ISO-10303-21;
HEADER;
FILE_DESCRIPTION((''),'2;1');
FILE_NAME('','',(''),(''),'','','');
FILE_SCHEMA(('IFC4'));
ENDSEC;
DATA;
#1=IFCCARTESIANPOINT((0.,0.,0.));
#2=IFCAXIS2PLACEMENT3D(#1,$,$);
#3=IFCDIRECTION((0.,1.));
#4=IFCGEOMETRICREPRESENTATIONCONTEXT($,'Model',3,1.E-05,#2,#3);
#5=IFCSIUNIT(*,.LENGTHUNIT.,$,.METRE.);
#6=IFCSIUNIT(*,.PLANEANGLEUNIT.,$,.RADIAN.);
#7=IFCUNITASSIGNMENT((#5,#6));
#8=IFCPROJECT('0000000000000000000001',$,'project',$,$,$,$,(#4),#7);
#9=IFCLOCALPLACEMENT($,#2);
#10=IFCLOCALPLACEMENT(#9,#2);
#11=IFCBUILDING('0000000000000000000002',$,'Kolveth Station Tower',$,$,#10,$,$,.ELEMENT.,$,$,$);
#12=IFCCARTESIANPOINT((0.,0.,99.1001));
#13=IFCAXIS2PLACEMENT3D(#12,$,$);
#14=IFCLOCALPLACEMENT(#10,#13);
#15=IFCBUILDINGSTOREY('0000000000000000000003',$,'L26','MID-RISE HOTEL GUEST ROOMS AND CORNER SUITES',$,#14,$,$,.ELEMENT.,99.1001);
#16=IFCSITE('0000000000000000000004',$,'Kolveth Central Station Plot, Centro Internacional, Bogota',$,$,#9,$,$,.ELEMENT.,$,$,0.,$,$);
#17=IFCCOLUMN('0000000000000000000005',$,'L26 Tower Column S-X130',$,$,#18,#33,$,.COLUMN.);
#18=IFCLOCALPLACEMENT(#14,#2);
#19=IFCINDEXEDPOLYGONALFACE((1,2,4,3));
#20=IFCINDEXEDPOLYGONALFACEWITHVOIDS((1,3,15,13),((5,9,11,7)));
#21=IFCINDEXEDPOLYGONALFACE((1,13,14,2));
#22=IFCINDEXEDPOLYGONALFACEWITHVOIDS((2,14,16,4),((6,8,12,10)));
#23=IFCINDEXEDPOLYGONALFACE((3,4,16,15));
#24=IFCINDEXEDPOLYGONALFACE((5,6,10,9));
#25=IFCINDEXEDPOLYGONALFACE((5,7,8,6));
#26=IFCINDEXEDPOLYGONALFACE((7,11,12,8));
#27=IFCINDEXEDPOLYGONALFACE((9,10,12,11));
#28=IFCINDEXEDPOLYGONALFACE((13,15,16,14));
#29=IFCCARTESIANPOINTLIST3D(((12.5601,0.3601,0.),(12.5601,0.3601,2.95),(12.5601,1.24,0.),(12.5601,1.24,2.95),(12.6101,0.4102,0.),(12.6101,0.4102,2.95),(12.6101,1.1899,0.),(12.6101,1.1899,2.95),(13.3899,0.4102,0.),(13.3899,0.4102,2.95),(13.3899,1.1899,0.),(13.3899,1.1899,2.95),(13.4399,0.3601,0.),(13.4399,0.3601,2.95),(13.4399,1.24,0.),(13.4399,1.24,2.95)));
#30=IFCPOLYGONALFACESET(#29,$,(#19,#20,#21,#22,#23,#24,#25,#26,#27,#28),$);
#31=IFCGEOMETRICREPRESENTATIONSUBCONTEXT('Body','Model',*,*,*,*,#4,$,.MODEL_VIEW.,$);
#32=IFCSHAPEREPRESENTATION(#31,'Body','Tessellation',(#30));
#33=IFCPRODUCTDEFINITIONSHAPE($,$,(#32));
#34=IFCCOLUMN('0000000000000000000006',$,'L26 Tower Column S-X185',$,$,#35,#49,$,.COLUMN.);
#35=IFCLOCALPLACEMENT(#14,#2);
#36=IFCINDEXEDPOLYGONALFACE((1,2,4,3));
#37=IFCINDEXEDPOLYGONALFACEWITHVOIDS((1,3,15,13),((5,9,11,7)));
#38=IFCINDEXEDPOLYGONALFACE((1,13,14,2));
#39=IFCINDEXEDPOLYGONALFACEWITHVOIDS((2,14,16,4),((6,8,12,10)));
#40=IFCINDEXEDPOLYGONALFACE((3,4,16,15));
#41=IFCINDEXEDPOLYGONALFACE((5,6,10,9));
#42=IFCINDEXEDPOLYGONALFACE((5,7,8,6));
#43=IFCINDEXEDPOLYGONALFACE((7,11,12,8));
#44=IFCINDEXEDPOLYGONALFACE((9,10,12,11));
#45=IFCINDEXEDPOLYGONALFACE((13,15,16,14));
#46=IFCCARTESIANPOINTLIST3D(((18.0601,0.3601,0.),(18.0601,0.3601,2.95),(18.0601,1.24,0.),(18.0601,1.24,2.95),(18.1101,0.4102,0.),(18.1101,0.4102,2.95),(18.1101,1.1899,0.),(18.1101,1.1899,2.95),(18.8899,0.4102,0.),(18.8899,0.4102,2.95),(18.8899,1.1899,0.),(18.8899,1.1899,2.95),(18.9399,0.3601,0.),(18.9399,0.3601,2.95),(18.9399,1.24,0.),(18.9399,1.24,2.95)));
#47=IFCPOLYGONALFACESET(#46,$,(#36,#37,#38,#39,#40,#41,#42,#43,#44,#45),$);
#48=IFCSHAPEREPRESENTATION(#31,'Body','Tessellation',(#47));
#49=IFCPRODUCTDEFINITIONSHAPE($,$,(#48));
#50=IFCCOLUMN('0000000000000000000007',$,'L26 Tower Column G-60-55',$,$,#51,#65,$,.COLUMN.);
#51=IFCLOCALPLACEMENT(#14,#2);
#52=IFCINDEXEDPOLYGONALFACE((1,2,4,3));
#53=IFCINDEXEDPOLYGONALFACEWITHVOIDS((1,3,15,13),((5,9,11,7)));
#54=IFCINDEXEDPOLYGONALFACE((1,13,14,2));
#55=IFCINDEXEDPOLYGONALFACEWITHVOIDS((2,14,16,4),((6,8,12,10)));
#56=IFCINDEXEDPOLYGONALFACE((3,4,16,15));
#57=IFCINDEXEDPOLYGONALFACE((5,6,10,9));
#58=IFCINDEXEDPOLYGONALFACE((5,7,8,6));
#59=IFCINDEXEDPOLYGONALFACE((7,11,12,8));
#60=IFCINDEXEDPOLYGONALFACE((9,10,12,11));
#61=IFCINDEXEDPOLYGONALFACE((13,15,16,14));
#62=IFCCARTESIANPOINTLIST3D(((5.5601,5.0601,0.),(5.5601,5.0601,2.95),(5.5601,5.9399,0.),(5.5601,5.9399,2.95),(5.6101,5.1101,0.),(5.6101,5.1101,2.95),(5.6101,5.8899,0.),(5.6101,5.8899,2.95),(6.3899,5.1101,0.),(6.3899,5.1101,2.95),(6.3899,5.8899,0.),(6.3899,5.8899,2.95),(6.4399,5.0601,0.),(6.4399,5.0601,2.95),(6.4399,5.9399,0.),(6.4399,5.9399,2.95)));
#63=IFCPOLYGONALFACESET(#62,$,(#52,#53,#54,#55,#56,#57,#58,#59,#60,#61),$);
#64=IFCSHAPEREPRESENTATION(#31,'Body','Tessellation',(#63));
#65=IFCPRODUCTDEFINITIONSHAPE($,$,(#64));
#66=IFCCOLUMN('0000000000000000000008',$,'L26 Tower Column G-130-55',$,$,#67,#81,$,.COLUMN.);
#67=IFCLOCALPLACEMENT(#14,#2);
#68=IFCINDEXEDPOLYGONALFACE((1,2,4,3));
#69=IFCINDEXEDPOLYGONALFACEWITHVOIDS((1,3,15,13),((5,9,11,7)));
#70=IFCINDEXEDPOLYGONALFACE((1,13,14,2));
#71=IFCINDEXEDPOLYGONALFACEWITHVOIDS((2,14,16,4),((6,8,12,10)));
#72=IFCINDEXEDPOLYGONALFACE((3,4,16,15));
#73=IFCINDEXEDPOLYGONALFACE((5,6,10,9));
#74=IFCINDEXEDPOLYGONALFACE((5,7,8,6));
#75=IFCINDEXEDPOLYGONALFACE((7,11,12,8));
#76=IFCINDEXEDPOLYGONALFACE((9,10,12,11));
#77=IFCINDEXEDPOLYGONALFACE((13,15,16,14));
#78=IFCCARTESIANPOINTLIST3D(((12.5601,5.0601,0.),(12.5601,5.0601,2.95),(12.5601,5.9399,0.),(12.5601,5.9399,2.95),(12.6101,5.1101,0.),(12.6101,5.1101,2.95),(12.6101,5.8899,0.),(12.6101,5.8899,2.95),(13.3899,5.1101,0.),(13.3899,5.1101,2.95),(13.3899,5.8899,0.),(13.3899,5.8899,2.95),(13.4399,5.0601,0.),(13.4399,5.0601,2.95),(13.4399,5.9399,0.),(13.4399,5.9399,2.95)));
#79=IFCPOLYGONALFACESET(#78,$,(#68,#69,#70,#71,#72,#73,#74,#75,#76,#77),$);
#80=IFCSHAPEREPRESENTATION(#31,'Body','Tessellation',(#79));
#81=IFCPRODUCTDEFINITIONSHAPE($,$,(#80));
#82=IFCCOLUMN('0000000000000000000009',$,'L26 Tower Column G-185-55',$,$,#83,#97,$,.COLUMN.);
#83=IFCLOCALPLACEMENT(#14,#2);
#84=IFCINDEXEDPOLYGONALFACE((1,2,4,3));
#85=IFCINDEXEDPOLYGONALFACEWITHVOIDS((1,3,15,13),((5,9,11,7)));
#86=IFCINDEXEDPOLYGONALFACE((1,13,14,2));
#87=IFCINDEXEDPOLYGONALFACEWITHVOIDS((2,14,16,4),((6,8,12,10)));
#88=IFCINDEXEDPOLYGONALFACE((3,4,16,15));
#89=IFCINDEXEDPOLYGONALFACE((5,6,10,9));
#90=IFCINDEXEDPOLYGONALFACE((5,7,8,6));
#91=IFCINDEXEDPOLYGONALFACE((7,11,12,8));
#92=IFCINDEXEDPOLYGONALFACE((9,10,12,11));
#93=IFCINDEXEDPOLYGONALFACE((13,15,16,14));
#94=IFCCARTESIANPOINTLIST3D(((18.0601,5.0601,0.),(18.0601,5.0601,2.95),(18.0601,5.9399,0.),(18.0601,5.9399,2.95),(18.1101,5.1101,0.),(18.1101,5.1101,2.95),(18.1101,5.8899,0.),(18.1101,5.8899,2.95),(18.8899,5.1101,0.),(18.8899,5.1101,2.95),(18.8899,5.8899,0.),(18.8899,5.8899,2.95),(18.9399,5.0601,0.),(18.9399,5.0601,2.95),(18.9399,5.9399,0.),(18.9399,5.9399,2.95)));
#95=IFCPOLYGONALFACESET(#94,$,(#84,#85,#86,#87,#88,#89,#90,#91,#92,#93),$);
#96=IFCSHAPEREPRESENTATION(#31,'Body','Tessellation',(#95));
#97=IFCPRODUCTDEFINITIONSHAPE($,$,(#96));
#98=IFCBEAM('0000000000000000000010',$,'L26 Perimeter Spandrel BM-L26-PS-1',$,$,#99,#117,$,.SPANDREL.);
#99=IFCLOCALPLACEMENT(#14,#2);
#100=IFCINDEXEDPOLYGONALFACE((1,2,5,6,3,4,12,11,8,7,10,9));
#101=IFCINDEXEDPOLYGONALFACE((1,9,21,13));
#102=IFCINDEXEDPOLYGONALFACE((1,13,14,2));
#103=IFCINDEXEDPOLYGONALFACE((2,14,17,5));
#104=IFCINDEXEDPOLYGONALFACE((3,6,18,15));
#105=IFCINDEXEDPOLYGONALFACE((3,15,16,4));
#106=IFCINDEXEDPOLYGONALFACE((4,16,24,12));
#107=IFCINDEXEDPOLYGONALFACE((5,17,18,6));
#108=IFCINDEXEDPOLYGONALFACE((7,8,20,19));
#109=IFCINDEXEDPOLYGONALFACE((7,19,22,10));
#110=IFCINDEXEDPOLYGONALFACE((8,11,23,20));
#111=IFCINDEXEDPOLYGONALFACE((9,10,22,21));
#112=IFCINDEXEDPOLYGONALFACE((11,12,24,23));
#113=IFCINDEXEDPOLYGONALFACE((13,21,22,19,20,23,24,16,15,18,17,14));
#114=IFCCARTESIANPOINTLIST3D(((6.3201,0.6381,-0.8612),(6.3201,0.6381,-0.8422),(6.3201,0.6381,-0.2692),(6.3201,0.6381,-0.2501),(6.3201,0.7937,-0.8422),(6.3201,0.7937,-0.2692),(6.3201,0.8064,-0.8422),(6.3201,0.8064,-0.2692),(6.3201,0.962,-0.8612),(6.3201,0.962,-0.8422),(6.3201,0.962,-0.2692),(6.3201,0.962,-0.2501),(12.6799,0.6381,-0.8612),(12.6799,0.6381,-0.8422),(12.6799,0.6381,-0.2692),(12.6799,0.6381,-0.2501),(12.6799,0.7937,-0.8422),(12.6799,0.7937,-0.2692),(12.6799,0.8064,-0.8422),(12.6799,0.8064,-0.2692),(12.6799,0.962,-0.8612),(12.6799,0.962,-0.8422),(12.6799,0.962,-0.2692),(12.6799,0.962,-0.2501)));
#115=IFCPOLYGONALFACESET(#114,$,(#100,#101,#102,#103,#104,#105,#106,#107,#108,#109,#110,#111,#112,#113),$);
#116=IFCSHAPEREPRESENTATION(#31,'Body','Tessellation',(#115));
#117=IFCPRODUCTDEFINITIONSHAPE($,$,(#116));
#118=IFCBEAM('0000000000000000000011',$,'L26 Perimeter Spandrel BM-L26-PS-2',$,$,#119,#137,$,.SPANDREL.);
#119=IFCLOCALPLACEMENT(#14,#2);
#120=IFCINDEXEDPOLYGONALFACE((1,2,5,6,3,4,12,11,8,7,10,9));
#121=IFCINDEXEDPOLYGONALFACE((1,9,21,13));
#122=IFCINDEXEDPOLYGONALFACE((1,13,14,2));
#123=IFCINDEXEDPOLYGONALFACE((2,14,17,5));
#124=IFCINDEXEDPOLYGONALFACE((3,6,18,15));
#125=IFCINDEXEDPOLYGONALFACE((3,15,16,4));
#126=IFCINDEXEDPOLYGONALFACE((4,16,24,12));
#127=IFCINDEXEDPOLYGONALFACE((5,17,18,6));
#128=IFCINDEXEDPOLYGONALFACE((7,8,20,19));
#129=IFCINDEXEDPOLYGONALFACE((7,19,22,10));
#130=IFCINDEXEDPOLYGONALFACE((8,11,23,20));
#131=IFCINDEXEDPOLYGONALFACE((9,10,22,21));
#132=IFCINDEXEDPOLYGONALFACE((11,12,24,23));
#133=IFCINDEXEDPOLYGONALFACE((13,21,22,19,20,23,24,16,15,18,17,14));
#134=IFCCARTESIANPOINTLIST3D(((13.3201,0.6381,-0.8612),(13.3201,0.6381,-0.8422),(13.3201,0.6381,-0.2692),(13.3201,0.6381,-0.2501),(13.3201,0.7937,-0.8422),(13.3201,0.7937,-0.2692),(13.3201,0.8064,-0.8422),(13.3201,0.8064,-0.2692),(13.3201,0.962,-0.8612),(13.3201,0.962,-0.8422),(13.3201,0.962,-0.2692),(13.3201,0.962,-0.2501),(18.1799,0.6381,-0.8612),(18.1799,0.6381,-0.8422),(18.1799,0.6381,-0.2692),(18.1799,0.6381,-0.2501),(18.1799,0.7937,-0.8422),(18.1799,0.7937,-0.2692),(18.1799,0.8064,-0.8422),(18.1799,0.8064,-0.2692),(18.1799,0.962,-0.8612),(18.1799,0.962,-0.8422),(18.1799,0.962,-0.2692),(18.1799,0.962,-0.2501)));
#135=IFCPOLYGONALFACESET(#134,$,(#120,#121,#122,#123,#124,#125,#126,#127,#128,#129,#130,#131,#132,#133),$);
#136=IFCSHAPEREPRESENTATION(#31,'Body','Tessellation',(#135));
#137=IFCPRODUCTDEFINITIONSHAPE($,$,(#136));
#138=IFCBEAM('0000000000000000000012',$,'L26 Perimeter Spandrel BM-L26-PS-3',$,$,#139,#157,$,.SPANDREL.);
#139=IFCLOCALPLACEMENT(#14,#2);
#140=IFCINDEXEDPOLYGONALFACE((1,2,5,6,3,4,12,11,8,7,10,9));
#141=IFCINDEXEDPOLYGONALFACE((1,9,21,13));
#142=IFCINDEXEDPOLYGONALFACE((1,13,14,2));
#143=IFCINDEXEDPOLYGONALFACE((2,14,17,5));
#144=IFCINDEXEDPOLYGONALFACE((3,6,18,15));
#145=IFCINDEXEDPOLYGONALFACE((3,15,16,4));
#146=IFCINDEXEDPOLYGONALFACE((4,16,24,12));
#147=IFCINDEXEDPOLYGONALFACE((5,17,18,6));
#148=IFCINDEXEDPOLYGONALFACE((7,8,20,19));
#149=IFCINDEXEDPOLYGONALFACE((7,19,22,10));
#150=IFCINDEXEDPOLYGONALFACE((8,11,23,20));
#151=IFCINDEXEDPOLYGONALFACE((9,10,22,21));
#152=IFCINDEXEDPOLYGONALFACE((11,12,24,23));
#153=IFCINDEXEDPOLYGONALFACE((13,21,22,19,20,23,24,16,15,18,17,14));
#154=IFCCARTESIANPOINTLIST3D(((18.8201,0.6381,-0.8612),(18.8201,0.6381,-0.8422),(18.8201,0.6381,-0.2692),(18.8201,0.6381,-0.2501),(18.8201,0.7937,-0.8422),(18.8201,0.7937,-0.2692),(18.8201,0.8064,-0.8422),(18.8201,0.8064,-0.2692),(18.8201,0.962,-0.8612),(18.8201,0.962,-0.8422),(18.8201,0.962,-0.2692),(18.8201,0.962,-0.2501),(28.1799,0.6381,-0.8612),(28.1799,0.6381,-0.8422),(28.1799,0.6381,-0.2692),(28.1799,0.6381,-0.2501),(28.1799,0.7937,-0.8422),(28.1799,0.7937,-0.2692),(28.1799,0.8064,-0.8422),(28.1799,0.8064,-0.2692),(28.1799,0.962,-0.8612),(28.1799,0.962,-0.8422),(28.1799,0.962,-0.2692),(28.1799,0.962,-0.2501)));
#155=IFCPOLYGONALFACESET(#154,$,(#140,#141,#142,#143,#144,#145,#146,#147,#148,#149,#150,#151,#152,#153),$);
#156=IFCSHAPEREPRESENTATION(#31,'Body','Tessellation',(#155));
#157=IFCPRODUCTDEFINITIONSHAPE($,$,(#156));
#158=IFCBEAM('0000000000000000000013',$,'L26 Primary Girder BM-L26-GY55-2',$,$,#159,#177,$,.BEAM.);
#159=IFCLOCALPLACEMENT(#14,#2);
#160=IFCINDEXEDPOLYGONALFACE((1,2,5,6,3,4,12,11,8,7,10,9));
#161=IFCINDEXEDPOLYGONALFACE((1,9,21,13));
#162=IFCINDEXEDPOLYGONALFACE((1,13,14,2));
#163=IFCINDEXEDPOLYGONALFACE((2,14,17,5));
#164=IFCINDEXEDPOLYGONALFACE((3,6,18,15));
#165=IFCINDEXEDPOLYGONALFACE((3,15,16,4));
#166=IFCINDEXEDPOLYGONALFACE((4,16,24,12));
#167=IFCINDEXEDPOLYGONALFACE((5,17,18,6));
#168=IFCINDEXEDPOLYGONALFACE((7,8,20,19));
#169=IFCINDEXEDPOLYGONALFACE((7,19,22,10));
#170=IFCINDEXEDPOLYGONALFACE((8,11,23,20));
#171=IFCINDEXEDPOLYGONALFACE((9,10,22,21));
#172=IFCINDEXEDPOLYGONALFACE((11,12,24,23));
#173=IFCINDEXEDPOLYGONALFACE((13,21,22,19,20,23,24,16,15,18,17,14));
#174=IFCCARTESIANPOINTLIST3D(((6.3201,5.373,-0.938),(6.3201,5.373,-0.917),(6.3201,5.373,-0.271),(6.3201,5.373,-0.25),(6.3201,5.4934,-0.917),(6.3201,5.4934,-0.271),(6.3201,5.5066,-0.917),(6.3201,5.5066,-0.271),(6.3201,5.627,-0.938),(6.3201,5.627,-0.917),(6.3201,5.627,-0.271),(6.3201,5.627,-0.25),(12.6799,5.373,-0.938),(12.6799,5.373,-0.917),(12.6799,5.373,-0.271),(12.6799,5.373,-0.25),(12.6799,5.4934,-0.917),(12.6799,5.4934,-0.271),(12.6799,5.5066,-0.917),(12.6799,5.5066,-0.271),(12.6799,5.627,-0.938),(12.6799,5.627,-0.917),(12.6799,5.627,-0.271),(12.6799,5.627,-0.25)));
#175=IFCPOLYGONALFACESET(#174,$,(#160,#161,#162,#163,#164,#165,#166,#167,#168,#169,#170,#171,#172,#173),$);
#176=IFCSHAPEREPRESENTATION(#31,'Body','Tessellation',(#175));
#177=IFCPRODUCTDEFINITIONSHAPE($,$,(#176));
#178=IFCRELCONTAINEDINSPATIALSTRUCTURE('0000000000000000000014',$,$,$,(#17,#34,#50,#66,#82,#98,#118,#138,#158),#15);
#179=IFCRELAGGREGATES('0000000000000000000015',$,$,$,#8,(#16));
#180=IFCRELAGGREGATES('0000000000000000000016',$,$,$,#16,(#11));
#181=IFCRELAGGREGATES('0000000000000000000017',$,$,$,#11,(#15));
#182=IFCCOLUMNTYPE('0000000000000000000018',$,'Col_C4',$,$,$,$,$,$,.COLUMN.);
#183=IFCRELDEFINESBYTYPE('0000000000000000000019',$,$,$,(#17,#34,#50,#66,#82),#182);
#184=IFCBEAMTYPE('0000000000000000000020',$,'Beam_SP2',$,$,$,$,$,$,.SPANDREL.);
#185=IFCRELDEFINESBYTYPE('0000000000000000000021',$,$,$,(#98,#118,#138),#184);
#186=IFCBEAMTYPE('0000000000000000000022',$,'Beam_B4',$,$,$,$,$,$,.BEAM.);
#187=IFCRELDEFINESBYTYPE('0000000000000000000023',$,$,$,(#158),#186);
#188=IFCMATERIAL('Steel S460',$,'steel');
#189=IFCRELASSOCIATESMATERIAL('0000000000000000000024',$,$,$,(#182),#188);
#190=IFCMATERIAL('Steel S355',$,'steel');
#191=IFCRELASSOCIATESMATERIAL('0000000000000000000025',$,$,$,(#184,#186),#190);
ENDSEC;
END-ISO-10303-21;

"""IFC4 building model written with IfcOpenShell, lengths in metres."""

from ifc_helpers import new_model, si_unit, direction, frame, origin, origin_2d, place, context, subcontext, project, spatial, hollow_rectangle, i_section, extrude, source, transform, mapped, material, material_profile, profile_set, type_object, element, save


model = new_model("IFC4")

# Units and contexts
model_context = context("Model", 3, precision=1e-05, world=origin(), true_north=direction((0.0, 1.0)))
body_context = subcontext(model_context, "Body", "Model", "MODEL_VIEW")
ifc_project = project(units=[si_unit("LENGTHUNIT", "METRE"), si_unit("PLANEANGLEUNIT", "RADIAN")], contexts=[model_context])

# Site, building, storey
site_placement = place(None, origin())
site = spatial("IfcSite", under=ifc_project, at=site_placement, Name="Kolveth Central Station Plot, Centro Internacional, Bogota", CompositionType="ELEMENT", RefElevation=0.0)
building_placement = place(site_placement, origin())
building = spatial("IfcBuilding", under=site, at=building_placement, Name="Kolveth Station Tower", CompositionType="ELEMENT")
storey_placement = place(building_placement, frame((0.0, 0.0, 99.1001)))
storey = spatial("IfcBuildingStorey", under=building, at=storey_placement, Name="L26", Description="MID-RISE HOTEL GUEST ROOMS AND CORNER SUITES", CompositionType="ELEMENT", Elevation=99.1001)

# Columns
ifc_material_1 = material(Name="Steel S460", Category="steel")
ifc_material_profile_1 = material_profile(ifc_material_1, hollow_rectangle(XDim=0.8799, YDim=0.8799, WallThickness=0.05, at=origin_2d()), Name="BOX880x880x50")
ifc_profile_set_1 = profile_set([ifc_material_profile_1], Name="Steel S460")
column_type = type_object("IfcColumnType", Name="Col_C4", PredefinedType="COLUMN", material=ifc_profile_set_1)
shared_shape_1 = source(origin(), body_context, "Body", "SweptSolid", [
    extrude(hollow_rectangle(XDim=0.8799, YDim=0.8799, WallThickness=0.05, at=origin_2d()), origin(), (0.0, 0.0, 1.0), 2.95),
])
for number, where, z_axis, x_axis, name in (
    (1, (13.0, 0.8, 0.0), (0.0, 0.0, 1.0), (1.0, 0.0, 0.0), "L26 Tower Column S-X130"),
    (2, (18.5, 0.8, 0.0), (0.0, 0.0, 1.0), (1.0, 0.0, 0.0), "L26 Tower Column S-X185"),
    (3, (6.0, 5.5, 0.0), (0.0, 0.0, 1.0), (1.0, 0.0, 0.0), "L26 Tower Column G-60-55"),
    (4, (13.0, 5.5, 0.0), (0.0, 0.0, 1.0), (1.0, 0.0, 0.0), "L26 Tower Column G-130-55"),
    (5, (18.5, 5.5, 0.0), (0.0, 0.0, 1.0), (1.0, 0.0, 0.0), "L26 Tower Column G-185-55"),
):
    element("IfcColumn", number, at=place(storey_placement, frame(where, z_axis=z_axis, x_axis=x_axis)), inside=storey, type_object=column_type, Name=name, PredefinedType="COLUMN", context=body_context, shape_type="MappedRepresentation", body=[
        mapped(shared_shape_1, transform((0.0, 0.0, 0.0), x_axis=(1.0, 0.0, 0.0), y_axis=(0.0, 1.0, 0.0), z_axis=(0.0, 0.0, 1.0), scale=1.0)),
    ])

# Beams
ifc_material_2 = material(Name="Steel S355", Category="steel")
ifc_material_profile_2 = material_profile(ifc_material_2, i_section(OverallWidth=0.324, OverallDepth=0.6111, WebThickness=0.0127, FlangeThickness=0.019, at=origin_2d()), Name="W610x155")
ifc_profile_set_2 = profile_set([ifc_material_profile_2], Name="Steel S355")
beam_type_1 = type_object("IfcBeamType", Name="Beam_SP2", PredefinedType="SPANDREL", material=ifc_profile_set_2)
shared_shape_2 = source(origin(), body_context, "Body", "SweptSolid", [
    extrude(i_section(OverallWidth=0.324, OverallDepth=0.6111, WebThickness=0.0127, FlangeThickness=0.019, at=origin_2d()), origin(), (0.0, 0.0, 1.0), 6.3599),
])
beam_1_placement = place(storey_placement, frame((6.3201, 0.8, -0.5557), z_axis=(1.0, 0.0, 0.0), x_axis=(0.0, 1.0, 0.0)))
element("IfcBeam", 6, at=beam_1_placement, inside=storey, type_object=beam_type_1, Name="L26 Perimeter Spandrel BM-L26-PS-1", PredefinedType="SPANDREL", context=body_context, shape_type="MappedRepresentation", body=[
    mapped(shared_shape_2, transform((0.0, 0.0, 0.0), x_axis=(1.0, 0.0, 0.0), y_axis=(0.0, 1.0, 0.0), z_axis=(0.0, 0.0, 1.0), scale=1.0)),
])
shared_shape_3 = source(origin(), body_context, "Body", "SweptSolid", [
    extrude(i_section(OverallWidth=0.324, OverallDepth=0.6111, WebThickness=0.0127, FlangeThickness=0.019, at=origin_2d()), origin(), (0.0, 0.0, 1.0), 4.8599),
])
beam_2_placement = place(storey_placement, frame((13.3201, 0.8, -0.5557), z_axis=(1.0, 0.0, 0.0), x_axis=(0.0, 1.0, 0.0)))
element("IfcBeam", 7, at=beam_2_placement, inside=storey, type_object=beam_type_1, Name="L26 Perimeter Spandrel BM-L26-PS-2", PredefinedType="SPANDREL", context=body_context, shape_type="MappedRepresentation", body=[
    mapped(shared_shape_3, transform((0.0, 0.0, 0.0), x_axis=(1.0, 0.0, 0.0), y_axis=(0.0, 1.0, 0.0), z_axis=(0.0, 0.0, 1.0), scale=1.0)),
])
shared_shape_4 = source(origin(), body_context, "Body", "SweptSolid", [
    extrude(i_section(OverallWidth=0.324, OverallDepth=0.6111, WebThickness=0.0127, FlangeThickness=0.019, at=origin_2d()), origin(), (0.0, 0.0, 1.0), 9.3599),
])
beam_3_placement = place(storey_placement, frame((18.8201, 0.8, -0.5557), z_axis=(1.0, 0.0, 0.0), x_axis=(0.0, 1.0, 0.0)))
element("IfcBeam", 8, at=beam_3_placement, inside=storey, type_object=beam_type_1, Name="L26 Perimeter Spandrel BM-L26-PS-3", PredefinedType="SPANDREL", context=body_context, shape_type="MappedRepresentation", body=[
    mapped(shared_shape_4, transform((0.0, 0.0, 0.0), x_axis=(1.0, 0.0, 0.0), y_axis=(0.0, 1.0, 0.0), z_axis=(0.0, 0.0, 1.0), scale=1.0)),
])
ifc_material_profile_3 = material_profile(ifc_material_2, i_section(OverallWidth=0.2539, OverallDepth=0.688, WebThickness=0.0132, FlangeThickness=0.021, at=origin_2d()), Name="W690x152")
ifc_profile_set_3 = profile_set([ifc_material_profile_3], Name="Steel S355")
beam_type_2 = type_object("IfcBeamType", Name="Beam_B4", PredefinedType="BEAM", material=ifc_profile_set_3)
shared_shape_5 = source(origin(), body_context, "Body", "SweptSolid", [
    extrude(i_section(OverallWidth=0.2539, OverallDepth=0.688, WebThickness=0.0132, FlangeThickness=0.021, at=origin_2d()), origin(), (0.0, 0.0, 1.0), 6.3599),
])
beam_4_placement = place(storey_placement, frame((6.3201, 5.5, -0.594), z_axis=(1.0, 0.0, 0.0), x_axis=(0.0, 1.0, 0.0)))
element("IfcBeam", 9, at=beam_4_placement, inside=storey, type_object=beam_type_2, Name="L26 Primary Girder BM-L26-GY55-2", PredefinedType="BEAM", context=body_context, shape_type="MappedRepresentation", body=[
    mapped(shared_shape_5, transform((0.0, 0.0, 0.0), x_axis=(1.0, 0.0, 0.0), y_axis=(0.0, 1.0, 0.0), z_axis=(0.0, 0.0, 1.0), scale=1.0)),
])

save(model, "model.ifc")
